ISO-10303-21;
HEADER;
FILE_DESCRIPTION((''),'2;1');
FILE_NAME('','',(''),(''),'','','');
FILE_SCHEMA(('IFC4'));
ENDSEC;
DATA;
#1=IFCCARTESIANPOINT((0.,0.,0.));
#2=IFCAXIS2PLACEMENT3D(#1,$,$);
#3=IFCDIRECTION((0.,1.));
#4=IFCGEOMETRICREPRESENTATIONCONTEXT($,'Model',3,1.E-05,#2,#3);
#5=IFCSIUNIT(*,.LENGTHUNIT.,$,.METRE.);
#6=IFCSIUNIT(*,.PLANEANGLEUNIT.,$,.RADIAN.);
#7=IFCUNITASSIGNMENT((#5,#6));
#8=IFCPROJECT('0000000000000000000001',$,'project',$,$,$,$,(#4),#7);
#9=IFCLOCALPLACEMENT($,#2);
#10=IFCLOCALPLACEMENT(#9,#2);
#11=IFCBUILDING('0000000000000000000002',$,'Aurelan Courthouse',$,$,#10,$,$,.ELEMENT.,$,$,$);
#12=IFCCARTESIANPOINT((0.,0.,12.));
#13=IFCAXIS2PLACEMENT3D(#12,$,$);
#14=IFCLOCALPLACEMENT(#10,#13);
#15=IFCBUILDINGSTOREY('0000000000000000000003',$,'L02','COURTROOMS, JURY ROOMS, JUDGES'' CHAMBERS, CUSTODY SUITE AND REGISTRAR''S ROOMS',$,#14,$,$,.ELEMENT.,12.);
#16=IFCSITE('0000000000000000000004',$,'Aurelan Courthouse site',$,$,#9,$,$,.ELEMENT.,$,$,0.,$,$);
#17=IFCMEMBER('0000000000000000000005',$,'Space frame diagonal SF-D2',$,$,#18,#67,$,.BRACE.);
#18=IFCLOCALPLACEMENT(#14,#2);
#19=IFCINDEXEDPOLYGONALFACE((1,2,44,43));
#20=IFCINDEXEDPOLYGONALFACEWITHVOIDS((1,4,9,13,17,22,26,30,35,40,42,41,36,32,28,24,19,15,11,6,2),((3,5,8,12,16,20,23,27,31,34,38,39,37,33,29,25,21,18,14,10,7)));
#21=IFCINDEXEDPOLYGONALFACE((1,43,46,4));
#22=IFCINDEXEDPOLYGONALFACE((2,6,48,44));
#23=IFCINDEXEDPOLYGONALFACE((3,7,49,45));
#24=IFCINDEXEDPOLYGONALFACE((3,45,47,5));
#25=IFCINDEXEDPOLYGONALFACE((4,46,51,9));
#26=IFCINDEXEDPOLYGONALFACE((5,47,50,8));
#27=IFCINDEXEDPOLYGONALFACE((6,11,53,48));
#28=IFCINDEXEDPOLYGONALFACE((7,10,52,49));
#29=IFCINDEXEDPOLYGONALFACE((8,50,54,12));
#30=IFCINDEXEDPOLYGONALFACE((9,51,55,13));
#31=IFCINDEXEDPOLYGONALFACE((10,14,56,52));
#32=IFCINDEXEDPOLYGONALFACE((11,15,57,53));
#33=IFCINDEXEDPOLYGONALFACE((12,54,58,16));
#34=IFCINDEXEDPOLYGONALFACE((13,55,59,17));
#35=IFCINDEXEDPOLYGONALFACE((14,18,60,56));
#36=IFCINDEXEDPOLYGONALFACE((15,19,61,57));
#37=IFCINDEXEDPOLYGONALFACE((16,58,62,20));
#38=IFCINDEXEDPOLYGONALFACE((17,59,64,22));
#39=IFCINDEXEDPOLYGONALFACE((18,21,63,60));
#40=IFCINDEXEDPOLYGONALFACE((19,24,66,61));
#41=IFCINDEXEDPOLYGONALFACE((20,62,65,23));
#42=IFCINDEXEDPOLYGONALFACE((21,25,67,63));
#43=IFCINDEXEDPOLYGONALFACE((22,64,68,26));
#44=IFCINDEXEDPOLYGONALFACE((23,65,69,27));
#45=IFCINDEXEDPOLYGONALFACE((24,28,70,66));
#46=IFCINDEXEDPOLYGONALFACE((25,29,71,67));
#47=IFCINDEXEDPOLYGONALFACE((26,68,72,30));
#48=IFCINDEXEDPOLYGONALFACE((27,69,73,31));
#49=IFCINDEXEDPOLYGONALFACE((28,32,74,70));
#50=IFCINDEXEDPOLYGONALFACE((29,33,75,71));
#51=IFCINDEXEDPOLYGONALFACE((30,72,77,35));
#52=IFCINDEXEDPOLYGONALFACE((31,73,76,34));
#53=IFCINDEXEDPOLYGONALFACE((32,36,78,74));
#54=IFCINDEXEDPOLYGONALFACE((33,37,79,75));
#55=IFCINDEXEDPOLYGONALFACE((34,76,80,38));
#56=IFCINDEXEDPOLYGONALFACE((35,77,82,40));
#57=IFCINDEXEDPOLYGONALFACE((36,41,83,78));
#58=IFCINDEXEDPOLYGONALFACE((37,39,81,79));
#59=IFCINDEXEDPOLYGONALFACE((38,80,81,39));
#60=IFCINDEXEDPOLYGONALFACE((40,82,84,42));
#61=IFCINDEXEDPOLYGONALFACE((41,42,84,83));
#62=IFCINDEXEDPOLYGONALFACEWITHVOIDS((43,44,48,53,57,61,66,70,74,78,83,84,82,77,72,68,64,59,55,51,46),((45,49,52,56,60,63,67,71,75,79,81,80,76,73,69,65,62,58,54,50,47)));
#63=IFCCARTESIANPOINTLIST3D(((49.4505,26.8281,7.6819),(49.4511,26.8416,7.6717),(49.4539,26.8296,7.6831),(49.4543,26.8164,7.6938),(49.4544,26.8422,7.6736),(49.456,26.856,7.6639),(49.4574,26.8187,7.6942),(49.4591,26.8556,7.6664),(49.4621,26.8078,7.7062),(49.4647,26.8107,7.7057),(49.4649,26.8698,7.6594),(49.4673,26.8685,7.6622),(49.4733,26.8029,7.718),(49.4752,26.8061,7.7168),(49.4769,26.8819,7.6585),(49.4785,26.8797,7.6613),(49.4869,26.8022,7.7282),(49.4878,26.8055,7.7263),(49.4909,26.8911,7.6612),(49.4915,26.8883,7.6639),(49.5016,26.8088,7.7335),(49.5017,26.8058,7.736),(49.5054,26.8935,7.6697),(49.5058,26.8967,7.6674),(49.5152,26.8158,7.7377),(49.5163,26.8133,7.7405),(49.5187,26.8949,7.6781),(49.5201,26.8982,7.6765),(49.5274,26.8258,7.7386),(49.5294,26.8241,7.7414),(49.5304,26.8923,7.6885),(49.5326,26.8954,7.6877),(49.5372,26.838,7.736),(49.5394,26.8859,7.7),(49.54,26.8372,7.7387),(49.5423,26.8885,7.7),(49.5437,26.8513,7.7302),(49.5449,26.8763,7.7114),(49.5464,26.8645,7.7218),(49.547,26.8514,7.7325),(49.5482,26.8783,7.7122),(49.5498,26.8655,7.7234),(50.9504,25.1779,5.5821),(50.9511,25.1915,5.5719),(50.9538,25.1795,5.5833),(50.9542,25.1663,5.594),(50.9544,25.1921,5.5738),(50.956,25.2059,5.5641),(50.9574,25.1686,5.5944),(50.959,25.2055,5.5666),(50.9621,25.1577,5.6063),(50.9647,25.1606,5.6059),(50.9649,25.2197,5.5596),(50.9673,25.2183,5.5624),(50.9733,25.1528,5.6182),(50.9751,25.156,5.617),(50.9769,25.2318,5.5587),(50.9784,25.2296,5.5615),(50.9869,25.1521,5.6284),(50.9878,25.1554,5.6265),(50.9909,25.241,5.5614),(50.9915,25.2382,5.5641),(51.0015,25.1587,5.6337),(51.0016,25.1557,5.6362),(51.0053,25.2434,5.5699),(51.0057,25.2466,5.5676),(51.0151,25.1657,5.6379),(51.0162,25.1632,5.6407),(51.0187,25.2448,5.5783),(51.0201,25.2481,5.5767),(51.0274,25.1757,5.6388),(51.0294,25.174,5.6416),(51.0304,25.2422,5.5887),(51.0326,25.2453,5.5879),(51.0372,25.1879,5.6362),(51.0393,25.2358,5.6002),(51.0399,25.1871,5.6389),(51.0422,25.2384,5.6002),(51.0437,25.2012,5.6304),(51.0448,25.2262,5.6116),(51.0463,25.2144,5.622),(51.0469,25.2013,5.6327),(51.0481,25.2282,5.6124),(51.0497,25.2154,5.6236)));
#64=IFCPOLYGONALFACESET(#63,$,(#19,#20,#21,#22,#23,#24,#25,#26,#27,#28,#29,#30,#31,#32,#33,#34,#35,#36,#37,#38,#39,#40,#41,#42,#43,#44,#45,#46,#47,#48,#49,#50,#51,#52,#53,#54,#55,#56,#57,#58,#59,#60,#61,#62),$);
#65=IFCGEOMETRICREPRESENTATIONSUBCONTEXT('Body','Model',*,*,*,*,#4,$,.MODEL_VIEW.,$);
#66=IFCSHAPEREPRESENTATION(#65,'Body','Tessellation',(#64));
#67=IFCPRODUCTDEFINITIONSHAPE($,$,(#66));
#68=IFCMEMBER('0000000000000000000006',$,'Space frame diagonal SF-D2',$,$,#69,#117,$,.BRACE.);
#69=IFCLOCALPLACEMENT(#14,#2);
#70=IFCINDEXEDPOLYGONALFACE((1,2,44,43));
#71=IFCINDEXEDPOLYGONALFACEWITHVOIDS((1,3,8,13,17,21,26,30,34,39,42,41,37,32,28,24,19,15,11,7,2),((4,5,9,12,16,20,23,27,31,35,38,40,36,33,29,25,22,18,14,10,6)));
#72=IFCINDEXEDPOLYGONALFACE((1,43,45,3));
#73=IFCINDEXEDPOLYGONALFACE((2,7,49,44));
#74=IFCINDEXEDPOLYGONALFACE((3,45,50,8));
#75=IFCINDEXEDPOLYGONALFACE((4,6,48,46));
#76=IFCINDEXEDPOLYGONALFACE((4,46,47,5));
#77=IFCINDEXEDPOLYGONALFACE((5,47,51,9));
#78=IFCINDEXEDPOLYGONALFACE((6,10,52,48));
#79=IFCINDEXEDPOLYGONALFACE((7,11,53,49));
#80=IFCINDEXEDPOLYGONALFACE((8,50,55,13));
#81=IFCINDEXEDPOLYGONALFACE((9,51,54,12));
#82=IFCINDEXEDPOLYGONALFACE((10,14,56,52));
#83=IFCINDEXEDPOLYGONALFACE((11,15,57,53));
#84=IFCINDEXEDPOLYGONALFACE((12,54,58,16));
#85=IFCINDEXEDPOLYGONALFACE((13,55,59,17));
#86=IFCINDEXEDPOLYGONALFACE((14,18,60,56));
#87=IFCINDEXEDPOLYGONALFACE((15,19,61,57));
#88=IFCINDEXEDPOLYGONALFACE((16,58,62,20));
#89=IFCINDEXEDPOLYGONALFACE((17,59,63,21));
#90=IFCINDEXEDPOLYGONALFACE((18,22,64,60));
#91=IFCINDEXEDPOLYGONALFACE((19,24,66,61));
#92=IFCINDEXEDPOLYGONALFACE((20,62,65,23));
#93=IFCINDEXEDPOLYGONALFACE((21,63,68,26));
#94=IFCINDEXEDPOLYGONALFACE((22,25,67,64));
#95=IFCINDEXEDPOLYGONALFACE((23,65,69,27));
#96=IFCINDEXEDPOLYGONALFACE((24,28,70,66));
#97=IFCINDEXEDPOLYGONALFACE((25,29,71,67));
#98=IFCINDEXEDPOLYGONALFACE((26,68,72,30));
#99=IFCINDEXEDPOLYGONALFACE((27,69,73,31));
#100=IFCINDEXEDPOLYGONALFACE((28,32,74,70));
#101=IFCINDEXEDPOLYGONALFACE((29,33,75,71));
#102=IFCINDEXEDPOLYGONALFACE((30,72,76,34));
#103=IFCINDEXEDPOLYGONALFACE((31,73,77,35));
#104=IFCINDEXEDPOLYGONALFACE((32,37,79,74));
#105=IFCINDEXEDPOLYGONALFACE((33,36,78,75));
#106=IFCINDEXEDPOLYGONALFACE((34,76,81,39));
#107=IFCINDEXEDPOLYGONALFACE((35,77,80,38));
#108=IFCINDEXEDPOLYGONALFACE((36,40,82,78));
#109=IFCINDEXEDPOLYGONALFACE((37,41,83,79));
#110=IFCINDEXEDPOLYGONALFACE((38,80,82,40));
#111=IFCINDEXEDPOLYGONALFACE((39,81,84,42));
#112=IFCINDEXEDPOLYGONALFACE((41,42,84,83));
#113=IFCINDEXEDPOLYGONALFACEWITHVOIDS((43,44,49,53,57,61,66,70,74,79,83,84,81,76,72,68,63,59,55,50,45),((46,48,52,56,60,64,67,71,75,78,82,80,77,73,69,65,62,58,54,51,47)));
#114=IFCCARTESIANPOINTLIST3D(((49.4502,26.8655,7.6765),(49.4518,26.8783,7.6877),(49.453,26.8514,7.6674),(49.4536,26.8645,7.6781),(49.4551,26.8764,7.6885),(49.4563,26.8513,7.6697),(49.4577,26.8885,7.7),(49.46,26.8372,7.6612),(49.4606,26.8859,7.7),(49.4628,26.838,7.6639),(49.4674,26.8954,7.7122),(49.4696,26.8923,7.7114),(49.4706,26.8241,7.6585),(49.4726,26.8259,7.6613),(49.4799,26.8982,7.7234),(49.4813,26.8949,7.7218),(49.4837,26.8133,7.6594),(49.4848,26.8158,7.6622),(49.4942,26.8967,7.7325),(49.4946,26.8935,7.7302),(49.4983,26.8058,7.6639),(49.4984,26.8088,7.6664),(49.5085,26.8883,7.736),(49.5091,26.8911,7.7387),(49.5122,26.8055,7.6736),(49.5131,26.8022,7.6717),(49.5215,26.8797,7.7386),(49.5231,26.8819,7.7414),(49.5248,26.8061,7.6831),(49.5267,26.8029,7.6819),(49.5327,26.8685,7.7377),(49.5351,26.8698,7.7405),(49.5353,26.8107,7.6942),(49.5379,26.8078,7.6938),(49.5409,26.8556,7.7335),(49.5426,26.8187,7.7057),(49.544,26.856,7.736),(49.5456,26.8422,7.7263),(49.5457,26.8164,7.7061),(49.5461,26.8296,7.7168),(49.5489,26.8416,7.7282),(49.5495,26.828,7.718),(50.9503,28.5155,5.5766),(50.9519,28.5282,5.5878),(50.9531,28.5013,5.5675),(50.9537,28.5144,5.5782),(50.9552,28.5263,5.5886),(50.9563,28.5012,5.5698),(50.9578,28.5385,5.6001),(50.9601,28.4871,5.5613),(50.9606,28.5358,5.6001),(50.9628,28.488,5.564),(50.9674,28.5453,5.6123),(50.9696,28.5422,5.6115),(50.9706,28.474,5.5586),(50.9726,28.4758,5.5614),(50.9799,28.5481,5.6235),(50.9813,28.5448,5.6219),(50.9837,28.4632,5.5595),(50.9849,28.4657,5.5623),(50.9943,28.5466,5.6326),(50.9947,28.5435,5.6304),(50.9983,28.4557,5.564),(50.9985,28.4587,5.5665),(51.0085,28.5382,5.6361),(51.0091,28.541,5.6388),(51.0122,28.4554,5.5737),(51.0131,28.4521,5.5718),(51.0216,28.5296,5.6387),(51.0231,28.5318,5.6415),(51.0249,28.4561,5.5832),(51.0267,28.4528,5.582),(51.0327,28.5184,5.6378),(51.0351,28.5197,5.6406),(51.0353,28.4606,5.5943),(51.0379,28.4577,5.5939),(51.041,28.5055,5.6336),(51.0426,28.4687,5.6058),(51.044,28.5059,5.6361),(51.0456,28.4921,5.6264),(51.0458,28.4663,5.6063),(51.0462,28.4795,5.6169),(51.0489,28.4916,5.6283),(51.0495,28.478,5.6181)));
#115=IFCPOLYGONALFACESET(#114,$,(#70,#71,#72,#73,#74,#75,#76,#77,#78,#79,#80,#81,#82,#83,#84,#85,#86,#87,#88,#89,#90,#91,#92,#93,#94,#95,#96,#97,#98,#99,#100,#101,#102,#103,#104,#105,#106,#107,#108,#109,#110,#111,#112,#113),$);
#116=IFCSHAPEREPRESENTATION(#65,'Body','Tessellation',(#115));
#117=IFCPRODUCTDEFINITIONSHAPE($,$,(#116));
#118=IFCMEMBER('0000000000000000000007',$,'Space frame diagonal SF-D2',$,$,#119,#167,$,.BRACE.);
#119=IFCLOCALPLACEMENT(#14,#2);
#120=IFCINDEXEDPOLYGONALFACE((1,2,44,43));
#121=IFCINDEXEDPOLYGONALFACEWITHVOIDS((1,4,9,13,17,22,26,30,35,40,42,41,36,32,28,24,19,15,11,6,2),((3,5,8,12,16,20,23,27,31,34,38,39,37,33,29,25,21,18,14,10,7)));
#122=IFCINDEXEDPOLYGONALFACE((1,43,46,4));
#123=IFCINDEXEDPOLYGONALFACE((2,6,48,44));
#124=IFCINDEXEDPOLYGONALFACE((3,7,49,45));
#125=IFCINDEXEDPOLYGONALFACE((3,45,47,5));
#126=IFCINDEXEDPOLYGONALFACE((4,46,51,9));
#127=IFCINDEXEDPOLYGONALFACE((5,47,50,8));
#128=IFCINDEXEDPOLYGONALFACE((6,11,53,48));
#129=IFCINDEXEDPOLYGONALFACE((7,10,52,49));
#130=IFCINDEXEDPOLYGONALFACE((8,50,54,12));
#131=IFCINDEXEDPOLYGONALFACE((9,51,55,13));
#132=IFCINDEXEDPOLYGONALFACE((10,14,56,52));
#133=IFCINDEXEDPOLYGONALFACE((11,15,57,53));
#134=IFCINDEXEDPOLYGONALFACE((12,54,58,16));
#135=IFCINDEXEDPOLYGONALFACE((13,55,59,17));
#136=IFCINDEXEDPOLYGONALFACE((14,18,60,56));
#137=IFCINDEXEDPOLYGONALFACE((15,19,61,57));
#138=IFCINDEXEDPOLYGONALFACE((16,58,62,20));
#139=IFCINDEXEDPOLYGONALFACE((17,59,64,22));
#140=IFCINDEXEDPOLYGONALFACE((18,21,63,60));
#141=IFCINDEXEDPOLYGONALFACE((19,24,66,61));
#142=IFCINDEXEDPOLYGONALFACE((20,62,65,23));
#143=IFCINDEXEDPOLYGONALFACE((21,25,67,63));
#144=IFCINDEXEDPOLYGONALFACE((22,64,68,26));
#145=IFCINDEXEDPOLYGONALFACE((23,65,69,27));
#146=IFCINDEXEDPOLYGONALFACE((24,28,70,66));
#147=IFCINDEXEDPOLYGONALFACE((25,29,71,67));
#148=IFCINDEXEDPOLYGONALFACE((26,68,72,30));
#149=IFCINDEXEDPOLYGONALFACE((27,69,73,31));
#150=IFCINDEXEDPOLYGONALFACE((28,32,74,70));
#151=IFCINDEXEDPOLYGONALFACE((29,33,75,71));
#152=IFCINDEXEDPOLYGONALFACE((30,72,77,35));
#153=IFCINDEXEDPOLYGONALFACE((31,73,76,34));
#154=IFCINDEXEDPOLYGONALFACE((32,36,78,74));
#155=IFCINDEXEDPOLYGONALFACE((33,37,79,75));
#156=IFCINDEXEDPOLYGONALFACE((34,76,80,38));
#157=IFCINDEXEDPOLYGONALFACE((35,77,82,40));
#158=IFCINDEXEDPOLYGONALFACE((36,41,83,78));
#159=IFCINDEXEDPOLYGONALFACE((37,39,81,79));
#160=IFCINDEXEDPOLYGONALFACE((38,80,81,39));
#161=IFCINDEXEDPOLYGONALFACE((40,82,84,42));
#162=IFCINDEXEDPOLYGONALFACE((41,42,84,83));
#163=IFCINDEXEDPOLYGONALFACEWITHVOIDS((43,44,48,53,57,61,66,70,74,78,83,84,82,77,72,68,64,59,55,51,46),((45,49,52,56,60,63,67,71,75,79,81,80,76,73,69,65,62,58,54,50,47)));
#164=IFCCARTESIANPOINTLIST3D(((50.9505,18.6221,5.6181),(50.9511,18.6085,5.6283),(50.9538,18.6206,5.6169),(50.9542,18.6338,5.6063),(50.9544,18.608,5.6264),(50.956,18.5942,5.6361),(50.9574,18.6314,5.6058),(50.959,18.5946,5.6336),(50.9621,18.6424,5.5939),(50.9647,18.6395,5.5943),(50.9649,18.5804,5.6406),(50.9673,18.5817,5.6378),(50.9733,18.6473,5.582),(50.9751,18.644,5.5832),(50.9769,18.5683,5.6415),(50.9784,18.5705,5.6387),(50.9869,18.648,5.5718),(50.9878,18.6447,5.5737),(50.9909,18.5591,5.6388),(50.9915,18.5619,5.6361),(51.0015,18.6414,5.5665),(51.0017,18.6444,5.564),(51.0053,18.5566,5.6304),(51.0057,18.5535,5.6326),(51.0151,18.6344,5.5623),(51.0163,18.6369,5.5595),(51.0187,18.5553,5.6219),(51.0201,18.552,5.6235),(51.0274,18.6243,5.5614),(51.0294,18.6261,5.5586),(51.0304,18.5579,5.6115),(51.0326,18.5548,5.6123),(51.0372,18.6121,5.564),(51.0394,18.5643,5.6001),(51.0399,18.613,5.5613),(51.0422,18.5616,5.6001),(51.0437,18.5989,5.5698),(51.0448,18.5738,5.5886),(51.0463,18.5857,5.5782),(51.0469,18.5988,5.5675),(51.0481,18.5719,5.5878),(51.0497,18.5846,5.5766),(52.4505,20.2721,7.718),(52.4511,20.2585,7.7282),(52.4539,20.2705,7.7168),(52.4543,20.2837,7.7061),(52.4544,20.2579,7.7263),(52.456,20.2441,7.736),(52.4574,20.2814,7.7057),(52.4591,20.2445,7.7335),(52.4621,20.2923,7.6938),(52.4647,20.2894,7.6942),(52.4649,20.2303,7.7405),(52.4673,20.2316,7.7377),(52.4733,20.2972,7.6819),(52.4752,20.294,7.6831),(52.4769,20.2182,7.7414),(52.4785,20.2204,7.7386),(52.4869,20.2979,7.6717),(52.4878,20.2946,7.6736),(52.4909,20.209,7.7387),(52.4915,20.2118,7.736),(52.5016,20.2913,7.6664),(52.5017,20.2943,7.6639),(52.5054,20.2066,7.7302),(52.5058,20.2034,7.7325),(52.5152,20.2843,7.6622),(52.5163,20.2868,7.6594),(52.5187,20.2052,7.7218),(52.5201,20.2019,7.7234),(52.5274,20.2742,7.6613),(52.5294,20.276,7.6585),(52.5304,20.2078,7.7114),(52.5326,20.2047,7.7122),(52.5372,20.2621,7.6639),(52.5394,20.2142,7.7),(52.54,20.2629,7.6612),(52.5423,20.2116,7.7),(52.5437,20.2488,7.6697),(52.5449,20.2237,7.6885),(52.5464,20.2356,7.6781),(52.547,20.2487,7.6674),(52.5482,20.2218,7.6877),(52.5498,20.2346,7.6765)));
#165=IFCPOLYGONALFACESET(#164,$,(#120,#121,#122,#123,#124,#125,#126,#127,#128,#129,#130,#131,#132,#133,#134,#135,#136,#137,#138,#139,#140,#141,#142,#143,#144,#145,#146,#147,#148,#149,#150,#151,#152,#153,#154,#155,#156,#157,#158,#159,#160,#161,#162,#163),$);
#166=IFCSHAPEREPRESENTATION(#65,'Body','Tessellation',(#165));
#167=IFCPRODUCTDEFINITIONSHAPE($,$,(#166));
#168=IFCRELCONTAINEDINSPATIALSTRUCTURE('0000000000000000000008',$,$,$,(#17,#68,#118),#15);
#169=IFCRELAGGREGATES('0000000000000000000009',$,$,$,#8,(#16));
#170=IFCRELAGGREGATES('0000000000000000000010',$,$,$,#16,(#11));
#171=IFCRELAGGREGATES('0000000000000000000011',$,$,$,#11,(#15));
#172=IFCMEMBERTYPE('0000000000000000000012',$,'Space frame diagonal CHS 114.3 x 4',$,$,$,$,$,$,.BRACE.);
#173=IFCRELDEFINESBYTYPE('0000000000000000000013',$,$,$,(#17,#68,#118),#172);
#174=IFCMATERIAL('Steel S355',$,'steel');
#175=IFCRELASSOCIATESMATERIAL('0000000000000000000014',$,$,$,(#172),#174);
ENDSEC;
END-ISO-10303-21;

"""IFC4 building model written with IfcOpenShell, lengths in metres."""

from ifc_helpers import new_model, si_unit, direction, frame, origin, origin_2d, place, context, subcontext, project, spatial, hollow_circle, extrude, material, material_profile, profile_set, type_object, element, save


model = new_model("IFC4")

# Units and contexts
model_context = context("Model", 3, precision=1e-05, world=origin(), true_north=direction((0.0, 1.0)))
body_context = subcontext(model_context, "Body", "Model", "MODEL_VIEW")
ifc_project = project(units=[si_unit("LENGTHUNIT", "METRE"), si_unit("PLANEANGLEUNIT", "RADIAN")], contexts=[model_context])

# Site, building, storey
site_placement = place(None, origin())
site = spatial("IfcSite", under=ifc_project, at=site_placement, Name="Aurelan Courthouse site", CompositionType="ELEMENT", RefElevation=0.0)
building_placement = place(site_placement, origin())
building = spatial("IfcBuilding", under=site, at=building_placement, Name="Aurelan Courthouse", CompositionType="ELEMENT")
storey_placement = place(building_placement, frame((0.0, 0.0, 12.0)))
storey = spatial("IfcBuildingStorey", under=building, at=storey_placement, Name="L02", Description="COURTROOMS, JURY ROOMS, JUDGES' CHAMBERS, CUSTODY SUITE AND REGISTRAR'S ROOMS", CompositionType="ELEMENT", Elevation=12.0)

# Members
ifc_material_1 = material(Name="Steel S355", Category="steel")
ifc_material_profile_1 = material_profile(ifc_material_1, hollow_circle(Radius=0.0571, WallThickness=0.0039, at=origin_2d()), Name="CHS 114.3 x 4")
ifc_profile_set_1 = profile_set([ifc_material_profile_1], Name="Steel S355")
member_type_1 = type_object("IfcMemberType", Name="Space frame diagonal CHS 114.3 x 4", PredefinedType="BRACE", material=ifc_profile_set_1)
for number, where, z_axis, x_axis, name in (
    (1, (49.5, 26.8501, 7.7), (0.489706, -0.538724, -0.68554), (0.73997, 0.67264, 0.0), "Space frame diagonal SF-D2"),
    (2, (49.5, 26.8501, 7.7), (0.489727, 0.538667, -0.685569), (-0.73992, 0.672695, 0.0), "Space frame diagonal SF-D2"),
    (3, (52.5, 20.25, 7.7), (-0.489727, -0.538667, -0.685569), (0.73992, -0.672695, 0.0), "Space frame diagonal SF-D2"),
):
    element("IfcMember", number, at=place(storey_placement, frame(where, z_axis=z_axis, x_axis=x_axis)), inside=storey, type_object=member_type_1, Name=name, PredefinedType="BRACE", context=body_context, shape_type="SweptSolid", body=[
        extrude(hollow_circle(Radius=0.0571, WallThickness=0.0039, at=origin_2d()), origin(), (0.0, 0.0, 1.0), 3.063),
    ])

save(model, "model.ifc")
